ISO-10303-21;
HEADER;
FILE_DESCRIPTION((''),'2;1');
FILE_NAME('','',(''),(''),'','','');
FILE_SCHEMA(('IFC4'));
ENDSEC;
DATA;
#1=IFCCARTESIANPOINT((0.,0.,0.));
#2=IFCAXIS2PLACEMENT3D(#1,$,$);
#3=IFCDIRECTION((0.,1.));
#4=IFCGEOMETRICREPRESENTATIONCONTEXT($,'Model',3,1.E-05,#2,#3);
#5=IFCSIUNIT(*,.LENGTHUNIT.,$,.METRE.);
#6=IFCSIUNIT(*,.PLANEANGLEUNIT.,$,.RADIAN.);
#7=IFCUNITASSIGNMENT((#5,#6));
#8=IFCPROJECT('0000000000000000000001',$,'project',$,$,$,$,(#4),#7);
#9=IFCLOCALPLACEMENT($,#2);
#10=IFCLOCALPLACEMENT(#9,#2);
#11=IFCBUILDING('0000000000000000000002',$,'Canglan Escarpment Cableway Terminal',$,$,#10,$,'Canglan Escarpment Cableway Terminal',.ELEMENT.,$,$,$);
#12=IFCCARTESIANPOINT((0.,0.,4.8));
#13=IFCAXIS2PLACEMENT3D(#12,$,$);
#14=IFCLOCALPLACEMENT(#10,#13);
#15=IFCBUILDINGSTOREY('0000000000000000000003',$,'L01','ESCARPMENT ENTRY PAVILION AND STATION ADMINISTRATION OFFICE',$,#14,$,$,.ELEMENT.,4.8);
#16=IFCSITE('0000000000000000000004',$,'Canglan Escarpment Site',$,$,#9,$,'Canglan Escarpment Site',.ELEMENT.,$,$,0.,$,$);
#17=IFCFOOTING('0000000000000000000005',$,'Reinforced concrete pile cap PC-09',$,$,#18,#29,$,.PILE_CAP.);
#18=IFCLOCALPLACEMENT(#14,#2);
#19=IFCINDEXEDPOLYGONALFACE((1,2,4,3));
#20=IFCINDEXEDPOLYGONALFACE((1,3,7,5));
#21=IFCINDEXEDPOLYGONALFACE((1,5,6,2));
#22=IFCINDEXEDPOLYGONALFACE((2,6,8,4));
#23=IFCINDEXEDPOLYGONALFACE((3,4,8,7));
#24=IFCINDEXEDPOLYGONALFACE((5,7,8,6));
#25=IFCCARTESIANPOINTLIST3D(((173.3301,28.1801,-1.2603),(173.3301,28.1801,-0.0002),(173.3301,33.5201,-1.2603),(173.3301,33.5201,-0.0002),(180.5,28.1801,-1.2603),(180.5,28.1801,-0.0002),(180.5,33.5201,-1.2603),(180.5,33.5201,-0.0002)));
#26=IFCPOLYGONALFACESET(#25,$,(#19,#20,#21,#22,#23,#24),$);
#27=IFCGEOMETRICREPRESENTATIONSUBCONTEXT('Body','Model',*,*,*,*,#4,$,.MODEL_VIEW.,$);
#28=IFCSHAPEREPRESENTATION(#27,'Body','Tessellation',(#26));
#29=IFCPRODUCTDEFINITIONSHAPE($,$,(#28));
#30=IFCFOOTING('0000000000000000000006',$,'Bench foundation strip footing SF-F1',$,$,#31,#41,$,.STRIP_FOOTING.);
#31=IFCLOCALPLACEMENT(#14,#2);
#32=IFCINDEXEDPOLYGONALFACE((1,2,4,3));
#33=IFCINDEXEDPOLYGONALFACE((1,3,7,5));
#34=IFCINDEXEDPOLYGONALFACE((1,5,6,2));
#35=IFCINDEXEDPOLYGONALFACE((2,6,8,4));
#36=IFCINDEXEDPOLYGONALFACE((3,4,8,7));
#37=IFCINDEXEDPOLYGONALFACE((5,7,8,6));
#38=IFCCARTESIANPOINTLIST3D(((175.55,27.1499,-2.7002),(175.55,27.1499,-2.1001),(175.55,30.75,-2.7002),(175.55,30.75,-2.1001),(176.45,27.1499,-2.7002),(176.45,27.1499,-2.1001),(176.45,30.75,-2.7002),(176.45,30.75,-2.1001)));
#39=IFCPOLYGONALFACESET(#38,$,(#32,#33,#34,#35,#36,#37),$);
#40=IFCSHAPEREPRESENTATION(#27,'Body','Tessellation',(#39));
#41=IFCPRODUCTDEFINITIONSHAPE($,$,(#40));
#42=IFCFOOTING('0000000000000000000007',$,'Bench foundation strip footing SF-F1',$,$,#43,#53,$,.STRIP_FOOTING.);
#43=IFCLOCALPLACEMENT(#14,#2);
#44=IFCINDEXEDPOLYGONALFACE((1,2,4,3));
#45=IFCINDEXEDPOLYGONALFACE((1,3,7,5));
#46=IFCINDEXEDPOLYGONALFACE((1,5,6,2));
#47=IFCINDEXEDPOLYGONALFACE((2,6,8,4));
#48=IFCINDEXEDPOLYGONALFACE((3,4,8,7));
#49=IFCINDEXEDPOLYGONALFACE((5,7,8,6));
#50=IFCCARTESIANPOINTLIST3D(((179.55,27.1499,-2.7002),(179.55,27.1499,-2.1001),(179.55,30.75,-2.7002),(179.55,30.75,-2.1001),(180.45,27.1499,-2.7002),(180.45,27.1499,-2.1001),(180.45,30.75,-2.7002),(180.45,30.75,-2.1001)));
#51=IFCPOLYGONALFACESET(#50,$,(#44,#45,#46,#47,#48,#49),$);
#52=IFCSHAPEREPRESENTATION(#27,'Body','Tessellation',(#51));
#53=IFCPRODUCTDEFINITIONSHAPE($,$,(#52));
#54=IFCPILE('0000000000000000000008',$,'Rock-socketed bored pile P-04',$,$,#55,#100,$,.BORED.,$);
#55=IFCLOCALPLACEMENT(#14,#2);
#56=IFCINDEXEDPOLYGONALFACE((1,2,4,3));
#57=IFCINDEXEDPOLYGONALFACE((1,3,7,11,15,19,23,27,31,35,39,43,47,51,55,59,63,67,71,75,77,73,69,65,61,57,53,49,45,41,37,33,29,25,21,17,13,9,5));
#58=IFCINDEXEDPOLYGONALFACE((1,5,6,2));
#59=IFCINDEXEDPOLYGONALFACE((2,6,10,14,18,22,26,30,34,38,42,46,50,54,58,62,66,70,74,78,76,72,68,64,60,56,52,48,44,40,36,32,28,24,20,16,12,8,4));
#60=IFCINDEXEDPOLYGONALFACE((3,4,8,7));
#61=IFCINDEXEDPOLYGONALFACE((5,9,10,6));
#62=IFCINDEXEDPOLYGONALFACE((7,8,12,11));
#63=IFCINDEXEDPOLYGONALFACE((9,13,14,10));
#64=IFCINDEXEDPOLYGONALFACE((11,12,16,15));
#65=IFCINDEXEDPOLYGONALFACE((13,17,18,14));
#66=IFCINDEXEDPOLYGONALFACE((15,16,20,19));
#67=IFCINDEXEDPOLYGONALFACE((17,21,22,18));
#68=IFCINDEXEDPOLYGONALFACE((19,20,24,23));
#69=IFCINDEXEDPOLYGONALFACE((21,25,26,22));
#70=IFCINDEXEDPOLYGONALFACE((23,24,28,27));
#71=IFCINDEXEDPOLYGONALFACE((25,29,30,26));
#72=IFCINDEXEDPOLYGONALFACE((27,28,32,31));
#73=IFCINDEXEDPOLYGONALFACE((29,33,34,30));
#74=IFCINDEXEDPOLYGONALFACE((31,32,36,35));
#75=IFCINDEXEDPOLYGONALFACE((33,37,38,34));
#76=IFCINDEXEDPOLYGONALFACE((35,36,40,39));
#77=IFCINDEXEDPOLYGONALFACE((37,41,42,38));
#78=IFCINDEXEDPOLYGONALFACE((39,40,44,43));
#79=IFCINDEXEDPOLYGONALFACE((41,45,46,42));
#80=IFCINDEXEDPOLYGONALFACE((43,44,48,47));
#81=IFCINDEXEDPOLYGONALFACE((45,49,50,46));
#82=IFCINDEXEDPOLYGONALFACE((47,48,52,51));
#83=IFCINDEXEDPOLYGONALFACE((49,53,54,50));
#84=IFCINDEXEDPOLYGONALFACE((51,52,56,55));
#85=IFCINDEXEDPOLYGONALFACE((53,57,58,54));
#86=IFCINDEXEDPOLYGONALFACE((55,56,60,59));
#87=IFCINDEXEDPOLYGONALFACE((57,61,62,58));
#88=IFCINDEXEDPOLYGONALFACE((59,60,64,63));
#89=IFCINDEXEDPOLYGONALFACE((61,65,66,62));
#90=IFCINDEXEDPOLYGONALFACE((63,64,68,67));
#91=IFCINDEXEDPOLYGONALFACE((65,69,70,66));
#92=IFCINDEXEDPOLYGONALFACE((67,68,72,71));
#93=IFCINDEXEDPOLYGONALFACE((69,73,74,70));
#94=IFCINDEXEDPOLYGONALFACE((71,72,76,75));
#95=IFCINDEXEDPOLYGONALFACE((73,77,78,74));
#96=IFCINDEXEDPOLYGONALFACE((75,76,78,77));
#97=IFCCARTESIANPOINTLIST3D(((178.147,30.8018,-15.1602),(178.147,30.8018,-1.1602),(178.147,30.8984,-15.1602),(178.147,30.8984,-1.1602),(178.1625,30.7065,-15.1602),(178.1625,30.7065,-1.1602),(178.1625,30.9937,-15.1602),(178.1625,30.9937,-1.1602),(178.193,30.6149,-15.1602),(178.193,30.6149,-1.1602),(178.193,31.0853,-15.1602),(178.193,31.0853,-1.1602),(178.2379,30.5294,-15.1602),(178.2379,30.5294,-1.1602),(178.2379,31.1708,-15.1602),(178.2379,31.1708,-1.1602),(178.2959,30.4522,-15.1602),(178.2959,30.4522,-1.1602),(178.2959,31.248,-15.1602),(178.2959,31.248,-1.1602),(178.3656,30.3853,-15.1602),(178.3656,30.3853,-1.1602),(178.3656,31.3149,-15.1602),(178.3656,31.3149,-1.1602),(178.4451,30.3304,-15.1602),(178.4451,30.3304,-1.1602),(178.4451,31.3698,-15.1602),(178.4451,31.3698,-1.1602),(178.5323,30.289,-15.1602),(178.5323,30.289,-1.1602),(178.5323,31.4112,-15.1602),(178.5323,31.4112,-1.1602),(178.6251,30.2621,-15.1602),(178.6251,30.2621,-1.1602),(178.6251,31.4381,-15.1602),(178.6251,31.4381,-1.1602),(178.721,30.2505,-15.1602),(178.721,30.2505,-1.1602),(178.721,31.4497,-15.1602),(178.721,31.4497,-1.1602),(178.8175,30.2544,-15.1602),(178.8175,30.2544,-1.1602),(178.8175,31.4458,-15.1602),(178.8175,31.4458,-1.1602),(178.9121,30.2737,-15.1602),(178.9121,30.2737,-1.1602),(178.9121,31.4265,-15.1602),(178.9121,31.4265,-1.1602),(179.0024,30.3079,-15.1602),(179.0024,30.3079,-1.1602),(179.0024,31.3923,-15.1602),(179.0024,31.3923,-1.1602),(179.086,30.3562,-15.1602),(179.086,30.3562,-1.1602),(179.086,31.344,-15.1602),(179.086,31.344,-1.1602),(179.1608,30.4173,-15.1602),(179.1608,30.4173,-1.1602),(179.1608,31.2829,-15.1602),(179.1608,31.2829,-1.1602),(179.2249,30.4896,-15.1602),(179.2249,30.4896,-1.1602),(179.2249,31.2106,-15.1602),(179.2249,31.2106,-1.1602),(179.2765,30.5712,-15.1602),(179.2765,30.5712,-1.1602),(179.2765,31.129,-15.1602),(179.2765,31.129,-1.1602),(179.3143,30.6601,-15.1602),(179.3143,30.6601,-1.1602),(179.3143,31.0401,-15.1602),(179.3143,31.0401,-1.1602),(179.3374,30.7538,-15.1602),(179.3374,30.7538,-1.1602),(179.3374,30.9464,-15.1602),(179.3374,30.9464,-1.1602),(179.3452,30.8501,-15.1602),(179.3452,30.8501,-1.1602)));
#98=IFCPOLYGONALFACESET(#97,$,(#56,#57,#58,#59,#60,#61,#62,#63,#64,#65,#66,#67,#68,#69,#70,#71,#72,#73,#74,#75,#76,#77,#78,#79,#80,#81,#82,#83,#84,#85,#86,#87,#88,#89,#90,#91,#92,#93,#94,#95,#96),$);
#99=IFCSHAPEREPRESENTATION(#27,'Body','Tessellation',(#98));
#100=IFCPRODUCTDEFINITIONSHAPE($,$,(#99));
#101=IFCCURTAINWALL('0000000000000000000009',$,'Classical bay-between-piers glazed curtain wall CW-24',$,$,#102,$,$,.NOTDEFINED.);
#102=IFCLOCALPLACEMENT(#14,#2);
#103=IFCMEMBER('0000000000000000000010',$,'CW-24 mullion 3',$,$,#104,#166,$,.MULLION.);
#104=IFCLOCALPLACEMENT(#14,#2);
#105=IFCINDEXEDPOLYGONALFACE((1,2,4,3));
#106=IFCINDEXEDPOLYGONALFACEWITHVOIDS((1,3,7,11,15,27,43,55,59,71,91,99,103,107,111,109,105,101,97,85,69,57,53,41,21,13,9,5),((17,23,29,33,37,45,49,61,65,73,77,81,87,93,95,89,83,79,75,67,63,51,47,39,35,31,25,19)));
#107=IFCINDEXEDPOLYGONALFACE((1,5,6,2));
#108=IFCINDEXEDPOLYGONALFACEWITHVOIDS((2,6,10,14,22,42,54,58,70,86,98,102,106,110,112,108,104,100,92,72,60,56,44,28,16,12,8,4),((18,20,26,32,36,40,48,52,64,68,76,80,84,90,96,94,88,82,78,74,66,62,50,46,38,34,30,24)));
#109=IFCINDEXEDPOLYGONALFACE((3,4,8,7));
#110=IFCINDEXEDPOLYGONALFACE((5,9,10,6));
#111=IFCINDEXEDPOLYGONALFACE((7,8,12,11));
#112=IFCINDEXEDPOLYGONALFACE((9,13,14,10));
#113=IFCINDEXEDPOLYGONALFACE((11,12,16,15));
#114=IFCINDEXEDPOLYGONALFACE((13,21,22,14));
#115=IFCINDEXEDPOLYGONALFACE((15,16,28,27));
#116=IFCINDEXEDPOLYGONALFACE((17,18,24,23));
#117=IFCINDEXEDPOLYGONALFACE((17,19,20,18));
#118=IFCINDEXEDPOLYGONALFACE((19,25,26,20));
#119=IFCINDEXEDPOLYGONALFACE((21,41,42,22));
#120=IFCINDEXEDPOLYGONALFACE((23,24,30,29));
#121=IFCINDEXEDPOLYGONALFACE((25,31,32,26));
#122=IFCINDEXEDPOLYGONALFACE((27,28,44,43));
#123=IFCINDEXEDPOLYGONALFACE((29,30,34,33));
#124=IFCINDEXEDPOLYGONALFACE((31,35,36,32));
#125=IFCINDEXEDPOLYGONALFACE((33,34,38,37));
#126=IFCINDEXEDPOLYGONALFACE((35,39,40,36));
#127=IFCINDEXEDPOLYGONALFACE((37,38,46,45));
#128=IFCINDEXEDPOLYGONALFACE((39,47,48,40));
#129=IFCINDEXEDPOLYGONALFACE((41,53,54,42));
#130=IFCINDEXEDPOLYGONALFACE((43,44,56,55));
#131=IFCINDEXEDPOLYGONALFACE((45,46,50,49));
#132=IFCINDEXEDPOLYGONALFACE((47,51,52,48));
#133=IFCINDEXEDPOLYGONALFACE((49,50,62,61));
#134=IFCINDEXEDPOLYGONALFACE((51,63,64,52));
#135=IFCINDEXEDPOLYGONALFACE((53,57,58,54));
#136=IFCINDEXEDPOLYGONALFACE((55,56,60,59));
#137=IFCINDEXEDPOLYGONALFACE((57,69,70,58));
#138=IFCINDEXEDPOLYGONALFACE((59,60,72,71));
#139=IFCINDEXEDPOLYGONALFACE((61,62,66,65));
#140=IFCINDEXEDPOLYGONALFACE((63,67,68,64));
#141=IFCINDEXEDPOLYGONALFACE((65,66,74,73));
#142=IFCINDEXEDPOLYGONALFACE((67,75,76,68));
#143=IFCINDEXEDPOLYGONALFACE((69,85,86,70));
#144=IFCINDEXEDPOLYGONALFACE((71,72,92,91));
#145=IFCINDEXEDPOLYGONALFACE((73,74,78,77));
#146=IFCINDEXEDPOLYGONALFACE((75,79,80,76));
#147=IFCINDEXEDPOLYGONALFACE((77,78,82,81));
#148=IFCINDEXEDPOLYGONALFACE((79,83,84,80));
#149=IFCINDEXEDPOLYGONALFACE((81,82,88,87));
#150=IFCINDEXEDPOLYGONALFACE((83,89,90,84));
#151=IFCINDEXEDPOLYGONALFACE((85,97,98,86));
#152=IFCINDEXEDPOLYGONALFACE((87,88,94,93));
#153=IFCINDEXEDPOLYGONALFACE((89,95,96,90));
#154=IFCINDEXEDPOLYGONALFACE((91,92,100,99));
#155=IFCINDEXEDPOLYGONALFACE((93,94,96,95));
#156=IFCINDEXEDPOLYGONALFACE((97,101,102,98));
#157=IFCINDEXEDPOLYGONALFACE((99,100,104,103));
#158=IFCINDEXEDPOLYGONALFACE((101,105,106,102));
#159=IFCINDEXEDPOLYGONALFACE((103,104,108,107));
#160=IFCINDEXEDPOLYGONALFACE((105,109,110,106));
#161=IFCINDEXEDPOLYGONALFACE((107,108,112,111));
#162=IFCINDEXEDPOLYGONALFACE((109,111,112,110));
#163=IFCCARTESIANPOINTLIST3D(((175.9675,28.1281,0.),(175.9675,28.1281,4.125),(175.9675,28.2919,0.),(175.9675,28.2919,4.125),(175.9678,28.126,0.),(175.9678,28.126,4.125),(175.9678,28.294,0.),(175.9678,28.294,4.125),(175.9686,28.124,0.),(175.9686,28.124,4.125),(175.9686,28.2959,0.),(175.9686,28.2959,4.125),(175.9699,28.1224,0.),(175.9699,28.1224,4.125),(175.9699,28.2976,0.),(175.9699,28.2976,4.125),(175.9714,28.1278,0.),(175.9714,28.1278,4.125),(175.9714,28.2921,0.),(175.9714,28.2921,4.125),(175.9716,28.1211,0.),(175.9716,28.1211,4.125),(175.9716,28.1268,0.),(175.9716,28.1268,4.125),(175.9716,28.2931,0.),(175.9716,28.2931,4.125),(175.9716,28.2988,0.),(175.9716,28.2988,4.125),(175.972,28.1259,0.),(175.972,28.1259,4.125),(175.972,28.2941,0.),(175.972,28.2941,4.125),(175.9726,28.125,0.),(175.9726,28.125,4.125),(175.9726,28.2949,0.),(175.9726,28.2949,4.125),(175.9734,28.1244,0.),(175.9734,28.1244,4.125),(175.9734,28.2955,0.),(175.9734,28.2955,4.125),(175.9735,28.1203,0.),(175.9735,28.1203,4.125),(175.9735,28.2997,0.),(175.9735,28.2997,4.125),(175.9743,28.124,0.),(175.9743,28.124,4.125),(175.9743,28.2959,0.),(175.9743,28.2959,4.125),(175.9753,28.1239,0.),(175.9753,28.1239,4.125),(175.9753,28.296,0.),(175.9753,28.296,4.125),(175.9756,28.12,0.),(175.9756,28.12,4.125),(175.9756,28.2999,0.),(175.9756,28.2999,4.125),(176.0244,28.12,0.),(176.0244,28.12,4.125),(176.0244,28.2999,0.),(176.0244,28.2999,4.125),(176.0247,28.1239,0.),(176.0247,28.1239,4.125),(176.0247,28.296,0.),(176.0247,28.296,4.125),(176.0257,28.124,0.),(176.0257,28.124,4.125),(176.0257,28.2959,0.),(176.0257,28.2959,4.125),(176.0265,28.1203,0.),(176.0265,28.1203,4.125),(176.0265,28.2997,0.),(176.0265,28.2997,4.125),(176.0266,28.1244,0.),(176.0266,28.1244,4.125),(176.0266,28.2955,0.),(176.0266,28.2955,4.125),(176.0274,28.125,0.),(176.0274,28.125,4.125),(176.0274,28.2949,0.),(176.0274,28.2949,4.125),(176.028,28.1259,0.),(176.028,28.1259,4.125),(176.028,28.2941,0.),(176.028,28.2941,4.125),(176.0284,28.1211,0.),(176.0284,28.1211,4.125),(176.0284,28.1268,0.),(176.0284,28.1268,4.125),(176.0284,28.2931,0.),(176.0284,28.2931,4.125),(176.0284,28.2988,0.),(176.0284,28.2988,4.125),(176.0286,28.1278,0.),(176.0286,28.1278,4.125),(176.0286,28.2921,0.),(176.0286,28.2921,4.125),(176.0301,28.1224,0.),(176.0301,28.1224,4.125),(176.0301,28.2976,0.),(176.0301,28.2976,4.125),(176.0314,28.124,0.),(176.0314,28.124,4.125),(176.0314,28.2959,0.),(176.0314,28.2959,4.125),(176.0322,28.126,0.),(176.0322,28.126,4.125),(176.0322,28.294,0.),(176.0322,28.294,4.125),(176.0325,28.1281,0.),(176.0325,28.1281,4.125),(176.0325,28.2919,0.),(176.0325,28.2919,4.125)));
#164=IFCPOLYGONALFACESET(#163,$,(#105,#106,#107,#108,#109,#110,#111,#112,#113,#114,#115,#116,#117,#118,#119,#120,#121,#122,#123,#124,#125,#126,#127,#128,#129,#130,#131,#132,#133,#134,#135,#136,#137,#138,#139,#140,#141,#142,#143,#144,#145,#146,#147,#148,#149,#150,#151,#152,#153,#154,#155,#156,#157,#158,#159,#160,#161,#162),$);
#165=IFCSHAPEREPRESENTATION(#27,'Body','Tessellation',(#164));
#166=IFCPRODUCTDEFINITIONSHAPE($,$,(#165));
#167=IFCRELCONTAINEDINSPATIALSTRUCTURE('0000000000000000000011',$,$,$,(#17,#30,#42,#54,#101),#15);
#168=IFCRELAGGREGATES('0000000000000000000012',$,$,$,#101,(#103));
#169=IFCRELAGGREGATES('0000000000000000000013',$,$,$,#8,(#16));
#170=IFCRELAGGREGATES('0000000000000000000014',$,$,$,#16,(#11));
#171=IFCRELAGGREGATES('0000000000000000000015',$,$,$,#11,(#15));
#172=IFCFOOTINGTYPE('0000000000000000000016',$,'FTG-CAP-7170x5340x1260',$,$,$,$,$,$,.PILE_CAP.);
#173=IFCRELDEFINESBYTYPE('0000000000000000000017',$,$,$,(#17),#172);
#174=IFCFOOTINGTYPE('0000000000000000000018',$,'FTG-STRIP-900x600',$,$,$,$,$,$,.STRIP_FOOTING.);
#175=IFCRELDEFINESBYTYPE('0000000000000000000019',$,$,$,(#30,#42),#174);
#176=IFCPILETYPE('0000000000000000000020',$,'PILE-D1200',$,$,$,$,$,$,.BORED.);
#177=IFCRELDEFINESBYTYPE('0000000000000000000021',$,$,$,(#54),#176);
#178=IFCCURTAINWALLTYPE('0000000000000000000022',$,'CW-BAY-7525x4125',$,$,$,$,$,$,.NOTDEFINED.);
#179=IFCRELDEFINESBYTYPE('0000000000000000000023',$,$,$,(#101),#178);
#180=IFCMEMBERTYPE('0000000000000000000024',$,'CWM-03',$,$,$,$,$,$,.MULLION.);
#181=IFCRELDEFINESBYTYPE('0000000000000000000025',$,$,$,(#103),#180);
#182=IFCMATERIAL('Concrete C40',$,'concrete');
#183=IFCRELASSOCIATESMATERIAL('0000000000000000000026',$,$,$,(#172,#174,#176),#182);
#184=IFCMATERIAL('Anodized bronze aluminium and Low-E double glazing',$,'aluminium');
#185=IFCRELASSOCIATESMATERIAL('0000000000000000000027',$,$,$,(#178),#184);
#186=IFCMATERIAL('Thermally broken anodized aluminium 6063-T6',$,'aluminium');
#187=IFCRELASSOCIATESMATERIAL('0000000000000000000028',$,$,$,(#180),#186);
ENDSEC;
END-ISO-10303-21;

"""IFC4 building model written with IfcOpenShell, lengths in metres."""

from ifc_helpers import new_model, si_unit, direction, frame, origin, origin_2d, place, context, subcontext, project, spatial, rectangle, hollow_rectangle, circle, extrude, material, material_profile, profile_set, type_object, element, aggregate, save


model = new_model("IFC4")

# Units and contexts
model_context = context("Model", 3, precision=1e-05, world=origin(), true_north=direction((0.0, 1.0)))
body_context = subcontext(model_context, "Body", "Model", "MODEL_VIEW")
ifc_project = project(units=[si_unit("LENGTHUNIT", "METRE"), si_unit("PLANEANGLEUNIT", "RADIAN")], contexts=[model_context])

# Site, building, storey
site_placement = place(None, origin())
site = spatial("IfcSite", under=ifc_project, at=site_placement, Name="Canglan Escarpment Site", LongName="Canglan Escarpment Site", CompositionType="ELEMENT", RefElevation=0.0)
building_placement = place(site_placement, origin())
building = spatial("IfcBuilding", under=site, at=building_placement, Name="Canglan Escarpment Cableway Terminal", LongName="Canglan Escarpment Cableway Terminal", CompositionType="ELEMENT")
storey_placement = place(building_placement, frame((0.0, 0.0, 4.8)))
storey = spatial("IfcBuildingStorey", under=building, at=storey_placement, Name="L01", Description="ESCARPMENT ENTRY PAVILION AND STATION ADMINISTRATION OFFICE", CompositionType="ELEMENT", Elevation=4.8)

# Footings
ifc_material_1 = material(Name="Concrete C40", Category="concrete")
footing_type_1 = type_object("IfcFootingType", Name="FTG-CAP-7170x5340x1260", PredefinedType="PILE_CAP", material=ifc_material_1)
footing_placement = place(storey_placement, frame((176.915, 30.8501, -1.2603), z_axis=(0.0, 0.0, 1.0), x_axis=(1.0, 0.0, 0.0)))
element("IfcFooting", 1, at=footing_placement, inside=storey, type_object=footing_type_1, Name="Reinforced concrete pile cap PC-09", PredefinedType="PILE_CAP", context=body_context, shape_type="SweptSolid", body=[
    extrude(rectangle(XDim=7.1699, YDim=5.3401, at=origin_2d()), origin(), (0.0, 0.0, 1.0), 1.26),
])
ifc_material_profile_1 = material_profile(ifc_material_1, rectangle(XDim=0.8999, YDim=0.6001, at=origin_2d()), Name="SF 900x600")
ifc_profile_set_1 = profile_set([ifc_material_profile_1], Name="Concrete C40")
footing_type_2 = type_object("IfcFootingType", Name="FTG-STRIP-900x600", PredefinedType="STRIP_FOOTING", material=ifc_profile_set_1)
for number, where, z_axis, x_axis, name in (
    (2, (176.0, 27.1499, -2.4001), (0.0, 1.0, 0.0), (-1.0, 0.0, 0.0), "Bench foundation strip footing SF-F1"),
    (3, (180.0, 27.1499, -2.4001), (0.0, 1.0, 0.0), (-1.0, 0.0, 0.0), "Bench foundation strip footing SF-F1"),
):
    element("IfcFooting", number, at=place(storey_placement, frame(where, z_axis=z_axis, x_axis=x_axis)), inside=storey, type_object=footing_type_2, Name=name, PredefinedType="STRIP_FOOTING", context=body_context, shape_type="SweptSolid", body=[
        extrude(rectangle(XDim=0.8999, YDim=0.6001, at=origin_2d()), origin(), (0.0, 0.0, 1.0), 3.6001),
    ])

# Pile
ifc_material_profile_2 = material_profile(ifc_material_1, circle(Radius=0.6001, at=origin_2d()), Name="BORED PILE D1200")
ifc_profile_set_2 = profile_set([ifc_material_profile_2], Name="Concrete C40")
pile_type = type_object("IfcPileType", Name="PILE-D1200", PredefinedType="BORED", material=ifc_profile_set_2)
pile_placement = place(storey_placement, frame((178.7451, 30.8501, -1.1602), z_axis=(0.0, 0.0, -1.0), x_axis=(1.0, 0.0, 0.0)))
element("IfcPile", 4, at=pile_placement, inside=storey, type_object=pile_type, Name="Rock-socketed bored pile P-04", PredefinedType="BORED", context=body_context, shape_type="SweptSolid", body=[
    extrude(circle(Radius=0.6001, at=origin_2d()), origin(), (0.0, 0.0, 1.0), 14.0),
])

# Curtain wall, member
ifc_material_2 = material(Name="Anodized bronze aluminium and Low-E double glazing", Category="aluminium")
curtain_wall_type = type_object("IfcCurtainWallType", Name="CW-BAY-7525x4125", PredefinedType="NOTDEFINED", material=ifc_material_2)
curtain_wall_placement = place(storey_placement, origin())
curtain_wall = element("IfcCurtainWall", 5, at=curtain_wall_placement, inside=storey, type_object=curtain_wall_type, Name="Classical bay-between-piers glazed curtain wall CW-24", PredefinedType="NOTDEFINED")
ifc_material_3 = material(Name="Thermally broken anodized aluminium 6063-T6", Category="aluminium")
ifc_material_profile_3 = material_profile(ifc_material_3, hollow_rectangle(XDim=0.0649, YDim=0.1799, WallThickness=0.0039, InnerFilletRadius=0.0039, OuterFilletRadius=0.0081, at=origin_2d()), Name="ALU-MULL 65x180x4")
ifc_profile_set_3 = profile_set([ifc_material_profile_3], Name="Thermally broken anodized aluminium 6063-T6")
member_type_1 = type_object("IfcMemberType", Name="CWM-03", PredefinedType="MULLION", material=ifc_profile_set_3)
member_1_placement = place(storey_placement, frame((176.0, 28.21, 0.0), z_axis=(0.0, 0.0, 1.0), x_axis=(-1.0, 0.0, 0.0)))
member_1 = element("IfcMember", 6, at=member_1_placement, type_object=member_type_1, Name="CW-24 mullion 3", PredefinedType="MULLION", context=body_context, shape_type="SweptSolid", body=[
    extrude(hollow_rectangle(XDim=0.0649, YDim=0.1799, WallThickness=0.0039, InnerFilletRadius=0.0039, OuterFilletRadius=0.0081, at=origin_2d()), origin(), (0.0, 0.0, 1.0), 4.125),
])
aggregate(curtain_wall, [member_1])

save(model, "model.ifc")
